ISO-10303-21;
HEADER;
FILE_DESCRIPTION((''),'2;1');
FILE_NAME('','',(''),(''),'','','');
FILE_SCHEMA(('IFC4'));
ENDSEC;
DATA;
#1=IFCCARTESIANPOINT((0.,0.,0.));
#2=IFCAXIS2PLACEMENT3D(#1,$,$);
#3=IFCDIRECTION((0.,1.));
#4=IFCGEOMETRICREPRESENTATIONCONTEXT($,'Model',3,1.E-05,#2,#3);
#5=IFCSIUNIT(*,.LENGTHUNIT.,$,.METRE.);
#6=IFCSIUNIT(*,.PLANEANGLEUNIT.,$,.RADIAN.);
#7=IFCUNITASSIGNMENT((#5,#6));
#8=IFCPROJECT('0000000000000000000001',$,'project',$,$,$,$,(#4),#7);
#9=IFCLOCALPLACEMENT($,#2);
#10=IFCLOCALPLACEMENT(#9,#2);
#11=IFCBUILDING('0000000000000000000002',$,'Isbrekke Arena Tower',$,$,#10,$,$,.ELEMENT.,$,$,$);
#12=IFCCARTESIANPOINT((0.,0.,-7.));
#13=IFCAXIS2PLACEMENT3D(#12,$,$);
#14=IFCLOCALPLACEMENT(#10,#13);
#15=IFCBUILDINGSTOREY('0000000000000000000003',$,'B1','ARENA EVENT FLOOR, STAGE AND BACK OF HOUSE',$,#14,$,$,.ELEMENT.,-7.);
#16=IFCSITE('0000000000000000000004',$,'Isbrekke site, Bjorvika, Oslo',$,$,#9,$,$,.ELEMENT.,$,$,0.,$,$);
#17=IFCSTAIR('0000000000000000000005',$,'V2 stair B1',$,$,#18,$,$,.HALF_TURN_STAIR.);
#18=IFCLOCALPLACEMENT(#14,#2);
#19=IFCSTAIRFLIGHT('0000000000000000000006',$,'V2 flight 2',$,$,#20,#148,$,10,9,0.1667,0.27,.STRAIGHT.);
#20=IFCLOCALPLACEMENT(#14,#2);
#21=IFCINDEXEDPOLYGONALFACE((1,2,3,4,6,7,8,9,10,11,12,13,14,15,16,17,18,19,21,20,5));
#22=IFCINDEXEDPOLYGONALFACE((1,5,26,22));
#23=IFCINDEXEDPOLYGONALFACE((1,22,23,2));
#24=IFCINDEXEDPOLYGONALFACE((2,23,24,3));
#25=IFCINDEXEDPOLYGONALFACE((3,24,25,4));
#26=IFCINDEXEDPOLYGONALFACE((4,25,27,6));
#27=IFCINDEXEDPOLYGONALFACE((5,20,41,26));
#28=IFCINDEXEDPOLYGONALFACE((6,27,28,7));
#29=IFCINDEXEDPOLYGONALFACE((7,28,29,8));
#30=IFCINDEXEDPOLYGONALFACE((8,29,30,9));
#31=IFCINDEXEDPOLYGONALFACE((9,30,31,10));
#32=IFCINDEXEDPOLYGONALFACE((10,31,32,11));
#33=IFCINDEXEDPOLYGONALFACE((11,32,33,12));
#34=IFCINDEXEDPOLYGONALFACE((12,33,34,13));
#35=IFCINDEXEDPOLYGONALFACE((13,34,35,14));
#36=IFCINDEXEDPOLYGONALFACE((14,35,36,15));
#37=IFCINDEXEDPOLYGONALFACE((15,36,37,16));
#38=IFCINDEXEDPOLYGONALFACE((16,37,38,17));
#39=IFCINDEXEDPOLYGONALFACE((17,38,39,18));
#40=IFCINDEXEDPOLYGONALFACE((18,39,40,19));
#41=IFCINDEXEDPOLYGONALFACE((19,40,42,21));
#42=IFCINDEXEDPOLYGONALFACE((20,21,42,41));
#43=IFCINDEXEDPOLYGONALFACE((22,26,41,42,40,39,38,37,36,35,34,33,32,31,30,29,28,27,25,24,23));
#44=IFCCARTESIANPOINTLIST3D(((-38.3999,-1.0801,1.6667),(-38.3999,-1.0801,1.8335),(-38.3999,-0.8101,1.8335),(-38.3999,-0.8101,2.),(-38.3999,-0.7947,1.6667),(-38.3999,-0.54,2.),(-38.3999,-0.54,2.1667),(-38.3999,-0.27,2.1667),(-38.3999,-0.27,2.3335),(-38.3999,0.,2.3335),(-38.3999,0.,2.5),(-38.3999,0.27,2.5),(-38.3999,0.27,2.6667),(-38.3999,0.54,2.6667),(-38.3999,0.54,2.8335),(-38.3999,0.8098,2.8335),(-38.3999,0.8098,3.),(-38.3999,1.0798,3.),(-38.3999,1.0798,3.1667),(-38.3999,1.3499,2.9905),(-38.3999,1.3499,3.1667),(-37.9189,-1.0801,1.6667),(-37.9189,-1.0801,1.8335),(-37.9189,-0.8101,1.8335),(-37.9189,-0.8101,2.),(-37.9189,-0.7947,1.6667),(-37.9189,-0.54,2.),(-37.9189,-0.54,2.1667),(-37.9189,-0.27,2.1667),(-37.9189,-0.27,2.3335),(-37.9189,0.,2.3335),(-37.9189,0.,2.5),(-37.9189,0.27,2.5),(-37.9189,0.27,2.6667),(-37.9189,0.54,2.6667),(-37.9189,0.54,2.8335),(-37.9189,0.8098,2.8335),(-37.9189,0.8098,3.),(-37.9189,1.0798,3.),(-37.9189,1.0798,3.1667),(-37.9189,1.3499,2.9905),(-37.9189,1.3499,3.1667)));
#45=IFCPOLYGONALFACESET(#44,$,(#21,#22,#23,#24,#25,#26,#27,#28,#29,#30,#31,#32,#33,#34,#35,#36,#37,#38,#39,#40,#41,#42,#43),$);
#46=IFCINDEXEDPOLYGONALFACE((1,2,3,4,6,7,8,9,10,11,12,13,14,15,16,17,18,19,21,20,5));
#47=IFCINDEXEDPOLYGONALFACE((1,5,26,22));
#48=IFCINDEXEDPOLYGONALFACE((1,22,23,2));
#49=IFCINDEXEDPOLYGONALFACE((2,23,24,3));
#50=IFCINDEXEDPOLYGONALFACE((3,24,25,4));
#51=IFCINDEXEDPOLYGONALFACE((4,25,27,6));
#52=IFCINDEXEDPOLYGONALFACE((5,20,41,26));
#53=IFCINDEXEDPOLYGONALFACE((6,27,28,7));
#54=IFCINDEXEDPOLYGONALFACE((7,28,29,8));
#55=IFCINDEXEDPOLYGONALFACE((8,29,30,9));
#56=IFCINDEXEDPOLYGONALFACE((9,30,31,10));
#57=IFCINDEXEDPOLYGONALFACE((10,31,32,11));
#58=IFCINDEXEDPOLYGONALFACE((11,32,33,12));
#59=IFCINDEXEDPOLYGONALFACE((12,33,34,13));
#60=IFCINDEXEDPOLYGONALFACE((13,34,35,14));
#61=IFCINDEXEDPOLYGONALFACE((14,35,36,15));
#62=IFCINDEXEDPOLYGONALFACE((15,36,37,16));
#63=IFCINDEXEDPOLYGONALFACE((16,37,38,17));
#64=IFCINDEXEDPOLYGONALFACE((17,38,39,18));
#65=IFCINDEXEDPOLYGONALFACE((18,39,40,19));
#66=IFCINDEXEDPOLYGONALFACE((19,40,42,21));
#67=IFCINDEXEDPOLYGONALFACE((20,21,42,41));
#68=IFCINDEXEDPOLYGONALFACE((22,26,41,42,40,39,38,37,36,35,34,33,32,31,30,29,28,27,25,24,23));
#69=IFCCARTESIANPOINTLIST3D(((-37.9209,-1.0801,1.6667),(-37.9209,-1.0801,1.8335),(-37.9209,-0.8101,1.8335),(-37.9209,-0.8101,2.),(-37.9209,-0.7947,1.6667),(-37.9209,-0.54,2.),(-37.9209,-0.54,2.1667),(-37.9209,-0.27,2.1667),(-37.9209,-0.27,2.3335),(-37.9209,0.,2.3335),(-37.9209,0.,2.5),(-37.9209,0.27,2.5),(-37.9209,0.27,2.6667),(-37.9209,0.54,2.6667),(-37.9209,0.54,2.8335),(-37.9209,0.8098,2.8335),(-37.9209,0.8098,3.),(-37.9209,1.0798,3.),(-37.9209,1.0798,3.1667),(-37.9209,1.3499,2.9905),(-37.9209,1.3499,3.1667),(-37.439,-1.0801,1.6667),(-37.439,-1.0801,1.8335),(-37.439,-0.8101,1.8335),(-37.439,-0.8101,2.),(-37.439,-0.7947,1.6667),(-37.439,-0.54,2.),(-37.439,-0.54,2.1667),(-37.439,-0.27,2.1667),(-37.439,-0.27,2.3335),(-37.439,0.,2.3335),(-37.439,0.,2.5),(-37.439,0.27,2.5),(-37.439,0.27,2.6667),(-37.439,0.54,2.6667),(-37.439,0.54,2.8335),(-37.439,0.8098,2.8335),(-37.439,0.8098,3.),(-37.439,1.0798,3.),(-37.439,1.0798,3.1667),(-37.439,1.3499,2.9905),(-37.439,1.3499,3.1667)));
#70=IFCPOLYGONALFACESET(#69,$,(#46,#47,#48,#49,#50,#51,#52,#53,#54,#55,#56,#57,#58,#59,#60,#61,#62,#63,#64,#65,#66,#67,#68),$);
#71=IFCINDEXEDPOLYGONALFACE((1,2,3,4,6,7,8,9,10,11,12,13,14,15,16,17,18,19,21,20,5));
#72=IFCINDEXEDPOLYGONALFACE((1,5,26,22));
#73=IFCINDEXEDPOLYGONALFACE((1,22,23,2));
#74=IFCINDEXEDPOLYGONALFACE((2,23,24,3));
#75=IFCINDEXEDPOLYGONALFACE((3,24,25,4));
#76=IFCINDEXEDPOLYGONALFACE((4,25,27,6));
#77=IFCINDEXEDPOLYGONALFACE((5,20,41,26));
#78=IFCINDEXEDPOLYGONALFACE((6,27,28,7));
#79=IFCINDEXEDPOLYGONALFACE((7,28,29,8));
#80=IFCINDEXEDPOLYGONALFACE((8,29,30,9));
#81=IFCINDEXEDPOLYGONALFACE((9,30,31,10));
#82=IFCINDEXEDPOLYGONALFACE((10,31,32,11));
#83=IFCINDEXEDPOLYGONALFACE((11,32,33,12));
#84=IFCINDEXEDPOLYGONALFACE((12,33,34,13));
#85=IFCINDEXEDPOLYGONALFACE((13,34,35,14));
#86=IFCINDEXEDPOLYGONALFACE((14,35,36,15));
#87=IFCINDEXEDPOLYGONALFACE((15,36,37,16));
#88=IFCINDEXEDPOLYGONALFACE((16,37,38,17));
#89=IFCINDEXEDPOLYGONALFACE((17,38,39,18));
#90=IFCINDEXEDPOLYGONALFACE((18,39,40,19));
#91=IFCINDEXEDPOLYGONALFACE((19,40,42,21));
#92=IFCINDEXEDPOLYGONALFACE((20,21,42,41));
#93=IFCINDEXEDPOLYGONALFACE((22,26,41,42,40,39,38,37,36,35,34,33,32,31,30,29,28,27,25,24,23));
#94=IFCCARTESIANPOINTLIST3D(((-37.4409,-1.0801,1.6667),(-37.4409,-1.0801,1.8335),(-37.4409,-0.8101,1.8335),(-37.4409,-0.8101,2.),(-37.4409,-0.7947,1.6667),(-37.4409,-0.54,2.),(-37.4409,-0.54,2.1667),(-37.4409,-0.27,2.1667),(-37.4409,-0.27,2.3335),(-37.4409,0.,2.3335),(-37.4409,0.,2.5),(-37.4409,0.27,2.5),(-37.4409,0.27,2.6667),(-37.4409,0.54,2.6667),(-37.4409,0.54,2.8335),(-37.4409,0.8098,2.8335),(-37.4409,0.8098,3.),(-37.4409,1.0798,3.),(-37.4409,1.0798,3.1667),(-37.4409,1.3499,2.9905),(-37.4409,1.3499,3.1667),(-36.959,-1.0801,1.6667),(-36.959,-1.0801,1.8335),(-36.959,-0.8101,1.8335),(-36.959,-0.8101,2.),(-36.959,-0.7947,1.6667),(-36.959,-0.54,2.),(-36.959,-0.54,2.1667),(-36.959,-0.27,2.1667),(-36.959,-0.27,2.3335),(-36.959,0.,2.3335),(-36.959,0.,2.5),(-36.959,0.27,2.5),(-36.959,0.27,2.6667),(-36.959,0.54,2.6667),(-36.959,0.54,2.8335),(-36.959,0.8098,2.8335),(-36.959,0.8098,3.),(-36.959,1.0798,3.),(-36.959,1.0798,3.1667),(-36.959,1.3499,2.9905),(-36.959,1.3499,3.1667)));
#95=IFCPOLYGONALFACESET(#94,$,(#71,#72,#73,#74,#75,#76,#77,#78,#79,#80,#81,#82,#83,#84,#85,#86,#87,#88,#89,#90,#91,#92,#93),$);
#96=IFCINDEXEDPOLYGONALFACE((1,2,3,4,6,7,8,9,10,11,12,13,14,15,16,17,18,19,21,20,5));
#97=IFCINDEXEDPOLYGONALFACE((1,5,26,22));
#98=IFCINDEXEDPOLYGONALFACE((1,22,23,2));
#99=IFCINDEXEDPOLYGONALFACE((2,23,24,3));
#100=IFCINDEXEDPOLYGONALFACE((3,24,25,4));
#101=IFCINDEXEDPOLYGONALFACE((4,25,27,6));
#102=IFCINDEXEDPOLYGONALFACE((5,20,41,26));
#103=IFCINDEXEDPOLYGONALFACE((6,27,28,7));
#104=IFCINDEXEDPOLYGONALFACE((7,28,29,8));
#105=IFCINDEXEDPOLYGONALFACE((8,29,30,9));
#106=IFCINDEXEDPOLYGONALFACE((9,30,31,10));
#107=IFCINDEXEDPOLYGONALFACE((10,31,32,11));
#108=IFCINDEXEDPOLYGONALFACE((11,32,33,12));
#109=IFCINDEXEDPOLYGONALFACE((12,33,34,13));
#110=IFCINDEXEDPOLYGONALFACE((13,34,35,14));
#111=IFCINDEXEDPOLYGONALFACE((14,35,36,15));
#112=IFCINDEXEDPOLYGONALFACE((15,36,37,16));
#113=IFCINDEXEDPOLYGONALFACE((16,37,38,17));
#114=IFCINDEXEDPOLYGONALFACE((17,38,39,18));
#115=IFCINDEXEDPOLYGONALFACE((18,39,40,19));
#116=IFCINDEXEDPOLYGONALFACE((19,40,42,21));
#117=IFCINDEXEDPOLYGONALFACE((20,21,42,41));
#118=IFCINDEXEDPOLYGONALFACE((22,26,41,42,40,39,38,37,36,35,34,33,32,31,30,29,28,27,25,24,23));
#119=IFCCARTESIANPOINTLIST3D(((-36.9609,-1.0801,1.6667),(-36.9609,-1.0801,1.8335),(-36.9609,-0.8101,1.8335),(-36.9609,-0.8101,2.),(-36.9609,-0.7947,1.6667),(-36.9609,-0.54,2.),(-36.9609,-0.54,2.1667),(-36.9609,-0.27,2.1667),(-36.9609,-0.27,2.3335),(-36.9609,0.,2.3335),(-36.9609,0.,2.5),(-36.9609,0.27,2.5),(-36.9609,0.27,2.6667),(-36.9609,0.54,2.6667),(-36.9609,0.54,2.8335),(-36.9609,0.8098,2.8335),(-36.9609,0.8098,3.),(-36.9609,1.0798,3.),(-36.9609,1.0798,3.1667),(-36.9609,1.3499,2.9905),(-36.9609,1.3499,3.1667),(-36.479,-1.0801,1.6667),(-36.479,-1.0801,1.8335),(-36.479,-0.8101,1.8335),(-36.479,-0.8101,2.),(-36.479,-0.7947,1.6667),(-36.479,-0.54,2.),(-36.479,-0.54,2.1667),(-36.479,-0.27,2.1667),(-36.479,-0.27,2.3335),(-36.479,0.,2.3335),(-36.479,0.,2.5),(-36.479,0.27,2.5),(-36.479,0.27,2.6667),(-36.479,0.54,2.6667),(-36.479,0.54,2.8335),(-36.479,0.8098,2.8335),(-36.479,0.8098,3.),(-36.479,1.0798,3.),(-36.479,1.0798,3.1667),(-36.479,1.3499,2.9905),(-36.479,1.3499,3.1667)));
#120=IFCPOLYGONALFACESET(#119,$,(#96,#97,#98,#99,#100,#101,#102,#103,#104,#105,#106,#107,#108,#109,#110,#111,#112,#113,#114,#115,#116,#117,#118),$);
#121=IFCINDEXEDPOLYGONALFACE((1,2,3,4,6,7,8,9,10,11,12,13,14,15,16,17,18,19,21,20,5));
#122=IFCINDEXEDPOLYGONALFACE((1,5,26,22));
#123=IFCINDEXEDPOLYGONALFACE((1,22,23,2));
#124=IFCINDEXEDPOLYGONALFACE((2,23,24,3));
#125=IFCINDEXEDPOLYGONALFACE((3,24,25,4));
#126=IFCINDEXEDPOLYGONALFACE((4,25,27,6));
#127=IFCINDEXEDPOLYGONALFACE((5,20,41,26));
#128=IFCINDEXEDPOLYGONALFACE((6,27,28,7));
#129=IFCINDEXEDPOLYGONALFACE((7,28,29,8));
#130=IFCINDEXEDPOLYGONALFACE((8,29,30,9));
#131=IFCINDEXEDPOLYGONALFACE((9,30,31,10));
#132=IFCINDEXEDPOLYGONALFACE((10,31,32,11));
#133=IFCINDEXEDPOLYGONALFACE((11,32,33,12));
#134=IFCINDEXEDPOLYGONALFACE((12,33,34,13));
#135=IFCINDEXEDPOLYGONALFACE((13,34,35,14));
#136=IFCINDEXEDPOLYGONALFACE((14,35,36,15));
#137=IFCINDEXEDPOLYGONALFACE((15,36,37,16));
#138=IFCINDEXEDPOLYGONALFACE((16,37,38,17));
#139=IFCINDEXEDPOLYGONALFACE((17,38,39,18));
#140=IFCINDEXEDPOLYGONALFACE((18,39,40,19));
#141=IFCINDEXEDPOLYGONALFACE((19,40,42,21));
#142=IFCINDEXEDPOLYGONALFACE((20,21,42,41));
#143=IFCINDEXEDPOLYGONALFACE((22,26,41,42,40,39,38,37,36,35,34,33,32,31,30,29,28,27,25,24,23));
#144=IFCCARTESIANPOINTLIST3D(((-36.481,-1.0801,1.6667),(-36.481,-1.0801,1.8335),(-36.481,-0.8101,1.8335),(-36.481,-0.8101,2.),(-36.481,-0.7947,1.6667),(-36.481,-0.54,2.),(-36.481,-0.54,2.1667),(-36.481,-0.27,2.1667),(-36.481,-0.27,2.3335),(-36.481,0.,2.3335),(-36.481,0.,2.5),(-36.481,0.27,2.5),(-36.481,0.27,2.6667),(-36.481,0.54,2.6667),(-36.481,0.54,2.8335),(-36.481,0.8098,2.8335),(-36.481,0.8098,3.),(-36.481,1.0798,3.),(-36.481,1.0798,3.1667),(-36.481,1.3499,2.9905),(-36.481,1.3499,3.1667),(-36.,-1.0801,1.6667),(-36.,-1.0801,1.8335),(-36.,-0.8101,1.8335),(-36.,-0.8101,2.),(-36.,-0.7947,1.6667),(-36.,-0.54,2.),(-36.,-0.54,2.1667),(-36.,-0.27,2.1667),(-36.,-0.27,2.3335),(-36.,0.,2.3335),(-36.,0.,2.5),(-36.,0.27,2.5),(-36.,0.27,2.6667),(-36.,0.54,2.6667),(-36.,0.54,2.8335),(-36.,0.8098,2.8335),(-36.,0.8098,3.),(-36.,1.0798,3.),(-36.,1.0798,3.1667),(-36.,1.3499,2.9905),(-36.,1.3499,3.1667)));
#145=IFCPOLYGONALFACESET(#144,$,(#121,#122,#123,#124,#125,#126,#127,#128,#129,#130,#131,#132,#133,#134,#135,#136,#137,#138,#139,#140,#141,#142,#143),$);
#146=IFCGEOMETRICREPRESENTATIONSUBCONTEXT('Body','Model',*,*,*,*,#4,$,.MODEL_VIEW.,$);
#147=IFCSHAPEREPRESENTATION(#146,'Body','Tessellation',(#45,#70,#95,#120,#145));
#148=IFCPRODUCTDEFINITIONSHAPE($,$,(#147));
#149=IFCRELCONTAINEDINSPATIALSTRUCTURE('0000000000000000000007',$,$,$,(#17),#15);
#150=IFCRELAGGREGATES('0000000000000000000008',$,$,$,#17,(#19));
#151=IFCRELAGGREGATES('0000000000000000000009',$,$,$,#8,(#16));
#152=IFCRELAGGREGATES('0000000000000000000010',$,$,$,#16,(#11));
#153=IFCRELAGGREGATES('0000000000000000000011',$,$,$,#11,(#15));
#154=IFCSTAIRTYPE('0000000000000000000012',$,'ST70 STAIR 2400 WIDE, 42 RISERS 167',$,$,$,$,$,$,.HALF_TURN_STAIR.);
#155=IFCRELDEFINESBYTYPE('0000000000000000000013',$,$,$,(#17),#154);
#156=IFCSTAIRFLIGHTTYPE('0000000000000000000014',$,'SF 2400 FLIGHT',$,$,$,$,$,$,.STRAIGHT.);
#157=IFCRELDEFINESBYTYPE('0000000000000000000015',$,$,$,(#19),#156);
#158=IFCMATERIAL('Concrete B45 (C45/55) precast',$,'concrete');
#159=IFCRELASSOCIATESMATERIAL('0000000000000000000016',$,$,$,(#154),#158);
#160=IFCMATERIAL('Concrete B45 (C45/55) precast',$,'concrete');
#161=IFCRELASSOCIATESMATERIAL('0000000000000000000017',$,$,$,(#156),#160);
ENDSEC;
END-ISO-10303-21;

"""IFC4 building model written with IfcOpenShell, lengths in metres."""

from ifc_helpers import new_model, si_unit, direction, frame, origin, place, context, subcontext, project, spatial, polyline, outline, extrude, material, type_object, element, aggregate, save


model = new_model("IFC4")

# Units and contexts
model_context = context("Model", 3, precision=1e-05, world=origin(), true_north=direction((0.0, 1.0)))
body_context = subcontext(model_context, "Body", "Model", "MODEL_VIEW")
ifc_project = project(units=[si_unit("LENGTHUNIT", "METRE"), si_unit("PLANEANGLEUNIT", "RADIAN")], contexts=[model_context])

# Site, building, storey
site_placement = place(None, origin())
site = spatial("IfcSite", under=ifc_project, at=site_placement, Name="Isbrekke site, Bjorvika, Oslo", CompositionType="ELEMENT", RefElevation=0.0)
building_placement = place(site_placement, origin())
building = spatial("IfcBuilding", under=site, at=building_placement, Name="Isbrekke Arena Tower", CompositionType="ELEMENT")
storey_placement = place(building_placement, frame((0.0, 0.0, -7.0)))
storey = spatial("IfcBuildingStorey", under=building, at=storey_placement, Name="B1", Description="ARENA EVENT FLOOR, STAGE AND BACK OF HOUSE", CompositionType="ELEMENT", Elevation=-7.0)

# Stair, stair flight
ifc_material_1 = material(Name="Concrete B45 (C45/55) precast", Category="concrete")
stair_type = type_object("IfcStairType", Name="ST70 STAIR 2400 WIDE, 42 RISERS 167", PredefinedType="HALF_TURN_STAIR", material=ifc_material_1)
stair_placement = place(storey_placement, origin())
stair = element("IfcStair", 1, at=stair_placement, inside=storey, type_object=stair_type, Name="V2 stair B1", PredefinedType="HALF_TURN_STAIR")
ifc_material_2 = material(Name="Concrete B45 (C45/55) precast", Category="concrete")
stair_flight_type = type_object("IfcStairFlightType", Name="SF 2400 FLIGHT", PredefinedType="STRAIGHT", material=ifc_material_2)
stair_flight_1_placement = place(storey_placement, frame((-37.2, -1.0801, 1.6667), z_axis=(0.0, 0.0, 1.0), x_axis=(0.0, 1.0, 0.0)))
stair_flight_1 = element("IfcStairFlight", 2, at=stair_flight_1_placement, type_object=stair_flight_type, Name="V2 flight 2", NumberOfRisers=10, NumberOfTreads=9, PredefinedType="STRAIGHT", RiserHeight=0.1667, TreadLength=0.27, context=body_context, shape_type="SweptSolid", body=[
    extrude(outline(polyline([(0.0, 0.0), (0.0, 0.1667), (0.27, 0.1667), (0.27, 0.3333), (0.54, 0.3333), (0.54, 0.5), (0.8101, 0.5), (0.8101, 0.6667), (1.0801, 0.6667), (1.0801, 0.8333), (1.3501, 0.8333), (1.3501, 1.0), (1.6201, 1.0), (1.6201, 1.1667), (1.8899, 1.1667), (1.8899, 1.3333), (2.1599, 1.3333), (2.1599, 1.5), (2.4299, 1.5), (2.4299, 1.6667), (2.4299, 1.3237), (0.2854, 0.0), (0.0, 0.0)])), frame((0.0, 1.2, 0.0), z_axis=(0.0, -1.0, 0.0), x_axis=(1.0, 0.0, 0.0)), (0.0, 0.0, 1.0), 0.481),
    extrude(outline(polyline([(0.0, 0.0), (0.0, 0.1667), (0.27, 0.1667), (0.27, 0.3333), (0.54, 0.3333), (0.54, 0.5), (0.8101, 0.5), (0.8101, 0.6667), (1.0801, 0.6667), (1.0801, 0.8333), (1.3501, 0.8333), (1.3501, 1.0), (1.6201, 1.0), (1.6201, 1.1667), (1.8899, 1.1667), (1.8899, 1.3333), (2.1599, 1.3333), (2.1599, 1.5), (2.4299, 1.5), (2.4299, 1.6667), (2.4299, 1.3237), (0.2854, 0.0), (0.0, 0.0)])), frame((0.0, 0.7209, 0.0), z_axis=(0.0, -1.0, 0.0), x_axis=(1.0, 0.0, 0.0)), (0.0, 0.0, 1.0), 0.4819),
    extrude(outline(polyline([(0.0, 0.0), (0.0, 0.1667), (0.27, 0.1667), (0.27, 0.3333), (0.54, 0.3333), (0.54, 0.5), (0.8101, 0.5), (0.8101, 0.6667), (1.0801, 0.6667), (1.0801, 0.8333), (1.3501, 0.8333), (1.3501, 1.0), (1.6201, 1.0), (1.6201, 1.1667), (1.8899, 1.1667), (1.8899, 1.3333), (2.1599, 1.3333), (2.1599, 1.5), (2.4299, 1.5), (2.4299, 1.6667), (2.4299, 1.3237), (0.2854, 0.0), (0.0, 0.0)])), frame((0.0, 0.241, 0.0), z_axis=(0.0, -1.0, 0.0), x_axis=(1.0, 0.0, 0.0)), (0.0, 0.0, 1.0), 0.4819),
    extrude(outline(polyline([(0.0, 0.0), (0.0, 0.1667), (0.27, 0.1667), (0.27, 0.3333), (0.54, 0.3333), (0.54, 0.5), (0.8101, 0.5), (0.8101, 0.6667), (1.0801, 0.6667), (1.0801, 0.8333), (1.3501, 0.8333), (1.3501, 1.0), (1.6201, 1.0), (1.6201, 1.1667), (1.8899, 1.1667), (1.8899, 1.3333), (2.1599, 1.3333), (2.1599, 1.5), (2.4299, 1.5), (2.4299, 1.6667), (2.4299, 1.3237), (0.2854, 0.0), (0.0, 0.0)])), frame((0.0, -0.239, 0.0), z_axis=(0.0, -1.0, 0.0), x_axis=(1.0, 0.0, 0.0)), (0.0, 0.0, 1.0), 0.4819),
    extrude(outline(polyline([(0.0, 0.0), (0.0, 0.1667), (0.27, 0.1667), (0.27, 0.3333), (0.54, 0.3333), (0.54, 0.5), (0.8101, 0.5), (0.8101, 0.6667), (1.0801, 0.6667), (1.0801, 0.8333), (1.3501, 0.8333), (1.3501, 1.0), (1.6201, 1.0), (1.6201, 1.1667), (1.8899, 1.1667), (1.8899, 1.3333), (2.1599, 1.3333), (2.1599, 1.5), (2.4299, 1.5), (2.4299, 1.6667), (2.4299, 1.3237), (0.2854, 0.0), (0.0, 0.0)])), frame((0.0, -0.719, 0.0), z_axis=(0.0, -1.0, 0.0), x_axis=(1.0, 0.0, 0.0)), (0.0, 0.0, 1.0), 0.481),
])
aggregate(stair, [stair_flight_1])

save(model, "model.ifc")
